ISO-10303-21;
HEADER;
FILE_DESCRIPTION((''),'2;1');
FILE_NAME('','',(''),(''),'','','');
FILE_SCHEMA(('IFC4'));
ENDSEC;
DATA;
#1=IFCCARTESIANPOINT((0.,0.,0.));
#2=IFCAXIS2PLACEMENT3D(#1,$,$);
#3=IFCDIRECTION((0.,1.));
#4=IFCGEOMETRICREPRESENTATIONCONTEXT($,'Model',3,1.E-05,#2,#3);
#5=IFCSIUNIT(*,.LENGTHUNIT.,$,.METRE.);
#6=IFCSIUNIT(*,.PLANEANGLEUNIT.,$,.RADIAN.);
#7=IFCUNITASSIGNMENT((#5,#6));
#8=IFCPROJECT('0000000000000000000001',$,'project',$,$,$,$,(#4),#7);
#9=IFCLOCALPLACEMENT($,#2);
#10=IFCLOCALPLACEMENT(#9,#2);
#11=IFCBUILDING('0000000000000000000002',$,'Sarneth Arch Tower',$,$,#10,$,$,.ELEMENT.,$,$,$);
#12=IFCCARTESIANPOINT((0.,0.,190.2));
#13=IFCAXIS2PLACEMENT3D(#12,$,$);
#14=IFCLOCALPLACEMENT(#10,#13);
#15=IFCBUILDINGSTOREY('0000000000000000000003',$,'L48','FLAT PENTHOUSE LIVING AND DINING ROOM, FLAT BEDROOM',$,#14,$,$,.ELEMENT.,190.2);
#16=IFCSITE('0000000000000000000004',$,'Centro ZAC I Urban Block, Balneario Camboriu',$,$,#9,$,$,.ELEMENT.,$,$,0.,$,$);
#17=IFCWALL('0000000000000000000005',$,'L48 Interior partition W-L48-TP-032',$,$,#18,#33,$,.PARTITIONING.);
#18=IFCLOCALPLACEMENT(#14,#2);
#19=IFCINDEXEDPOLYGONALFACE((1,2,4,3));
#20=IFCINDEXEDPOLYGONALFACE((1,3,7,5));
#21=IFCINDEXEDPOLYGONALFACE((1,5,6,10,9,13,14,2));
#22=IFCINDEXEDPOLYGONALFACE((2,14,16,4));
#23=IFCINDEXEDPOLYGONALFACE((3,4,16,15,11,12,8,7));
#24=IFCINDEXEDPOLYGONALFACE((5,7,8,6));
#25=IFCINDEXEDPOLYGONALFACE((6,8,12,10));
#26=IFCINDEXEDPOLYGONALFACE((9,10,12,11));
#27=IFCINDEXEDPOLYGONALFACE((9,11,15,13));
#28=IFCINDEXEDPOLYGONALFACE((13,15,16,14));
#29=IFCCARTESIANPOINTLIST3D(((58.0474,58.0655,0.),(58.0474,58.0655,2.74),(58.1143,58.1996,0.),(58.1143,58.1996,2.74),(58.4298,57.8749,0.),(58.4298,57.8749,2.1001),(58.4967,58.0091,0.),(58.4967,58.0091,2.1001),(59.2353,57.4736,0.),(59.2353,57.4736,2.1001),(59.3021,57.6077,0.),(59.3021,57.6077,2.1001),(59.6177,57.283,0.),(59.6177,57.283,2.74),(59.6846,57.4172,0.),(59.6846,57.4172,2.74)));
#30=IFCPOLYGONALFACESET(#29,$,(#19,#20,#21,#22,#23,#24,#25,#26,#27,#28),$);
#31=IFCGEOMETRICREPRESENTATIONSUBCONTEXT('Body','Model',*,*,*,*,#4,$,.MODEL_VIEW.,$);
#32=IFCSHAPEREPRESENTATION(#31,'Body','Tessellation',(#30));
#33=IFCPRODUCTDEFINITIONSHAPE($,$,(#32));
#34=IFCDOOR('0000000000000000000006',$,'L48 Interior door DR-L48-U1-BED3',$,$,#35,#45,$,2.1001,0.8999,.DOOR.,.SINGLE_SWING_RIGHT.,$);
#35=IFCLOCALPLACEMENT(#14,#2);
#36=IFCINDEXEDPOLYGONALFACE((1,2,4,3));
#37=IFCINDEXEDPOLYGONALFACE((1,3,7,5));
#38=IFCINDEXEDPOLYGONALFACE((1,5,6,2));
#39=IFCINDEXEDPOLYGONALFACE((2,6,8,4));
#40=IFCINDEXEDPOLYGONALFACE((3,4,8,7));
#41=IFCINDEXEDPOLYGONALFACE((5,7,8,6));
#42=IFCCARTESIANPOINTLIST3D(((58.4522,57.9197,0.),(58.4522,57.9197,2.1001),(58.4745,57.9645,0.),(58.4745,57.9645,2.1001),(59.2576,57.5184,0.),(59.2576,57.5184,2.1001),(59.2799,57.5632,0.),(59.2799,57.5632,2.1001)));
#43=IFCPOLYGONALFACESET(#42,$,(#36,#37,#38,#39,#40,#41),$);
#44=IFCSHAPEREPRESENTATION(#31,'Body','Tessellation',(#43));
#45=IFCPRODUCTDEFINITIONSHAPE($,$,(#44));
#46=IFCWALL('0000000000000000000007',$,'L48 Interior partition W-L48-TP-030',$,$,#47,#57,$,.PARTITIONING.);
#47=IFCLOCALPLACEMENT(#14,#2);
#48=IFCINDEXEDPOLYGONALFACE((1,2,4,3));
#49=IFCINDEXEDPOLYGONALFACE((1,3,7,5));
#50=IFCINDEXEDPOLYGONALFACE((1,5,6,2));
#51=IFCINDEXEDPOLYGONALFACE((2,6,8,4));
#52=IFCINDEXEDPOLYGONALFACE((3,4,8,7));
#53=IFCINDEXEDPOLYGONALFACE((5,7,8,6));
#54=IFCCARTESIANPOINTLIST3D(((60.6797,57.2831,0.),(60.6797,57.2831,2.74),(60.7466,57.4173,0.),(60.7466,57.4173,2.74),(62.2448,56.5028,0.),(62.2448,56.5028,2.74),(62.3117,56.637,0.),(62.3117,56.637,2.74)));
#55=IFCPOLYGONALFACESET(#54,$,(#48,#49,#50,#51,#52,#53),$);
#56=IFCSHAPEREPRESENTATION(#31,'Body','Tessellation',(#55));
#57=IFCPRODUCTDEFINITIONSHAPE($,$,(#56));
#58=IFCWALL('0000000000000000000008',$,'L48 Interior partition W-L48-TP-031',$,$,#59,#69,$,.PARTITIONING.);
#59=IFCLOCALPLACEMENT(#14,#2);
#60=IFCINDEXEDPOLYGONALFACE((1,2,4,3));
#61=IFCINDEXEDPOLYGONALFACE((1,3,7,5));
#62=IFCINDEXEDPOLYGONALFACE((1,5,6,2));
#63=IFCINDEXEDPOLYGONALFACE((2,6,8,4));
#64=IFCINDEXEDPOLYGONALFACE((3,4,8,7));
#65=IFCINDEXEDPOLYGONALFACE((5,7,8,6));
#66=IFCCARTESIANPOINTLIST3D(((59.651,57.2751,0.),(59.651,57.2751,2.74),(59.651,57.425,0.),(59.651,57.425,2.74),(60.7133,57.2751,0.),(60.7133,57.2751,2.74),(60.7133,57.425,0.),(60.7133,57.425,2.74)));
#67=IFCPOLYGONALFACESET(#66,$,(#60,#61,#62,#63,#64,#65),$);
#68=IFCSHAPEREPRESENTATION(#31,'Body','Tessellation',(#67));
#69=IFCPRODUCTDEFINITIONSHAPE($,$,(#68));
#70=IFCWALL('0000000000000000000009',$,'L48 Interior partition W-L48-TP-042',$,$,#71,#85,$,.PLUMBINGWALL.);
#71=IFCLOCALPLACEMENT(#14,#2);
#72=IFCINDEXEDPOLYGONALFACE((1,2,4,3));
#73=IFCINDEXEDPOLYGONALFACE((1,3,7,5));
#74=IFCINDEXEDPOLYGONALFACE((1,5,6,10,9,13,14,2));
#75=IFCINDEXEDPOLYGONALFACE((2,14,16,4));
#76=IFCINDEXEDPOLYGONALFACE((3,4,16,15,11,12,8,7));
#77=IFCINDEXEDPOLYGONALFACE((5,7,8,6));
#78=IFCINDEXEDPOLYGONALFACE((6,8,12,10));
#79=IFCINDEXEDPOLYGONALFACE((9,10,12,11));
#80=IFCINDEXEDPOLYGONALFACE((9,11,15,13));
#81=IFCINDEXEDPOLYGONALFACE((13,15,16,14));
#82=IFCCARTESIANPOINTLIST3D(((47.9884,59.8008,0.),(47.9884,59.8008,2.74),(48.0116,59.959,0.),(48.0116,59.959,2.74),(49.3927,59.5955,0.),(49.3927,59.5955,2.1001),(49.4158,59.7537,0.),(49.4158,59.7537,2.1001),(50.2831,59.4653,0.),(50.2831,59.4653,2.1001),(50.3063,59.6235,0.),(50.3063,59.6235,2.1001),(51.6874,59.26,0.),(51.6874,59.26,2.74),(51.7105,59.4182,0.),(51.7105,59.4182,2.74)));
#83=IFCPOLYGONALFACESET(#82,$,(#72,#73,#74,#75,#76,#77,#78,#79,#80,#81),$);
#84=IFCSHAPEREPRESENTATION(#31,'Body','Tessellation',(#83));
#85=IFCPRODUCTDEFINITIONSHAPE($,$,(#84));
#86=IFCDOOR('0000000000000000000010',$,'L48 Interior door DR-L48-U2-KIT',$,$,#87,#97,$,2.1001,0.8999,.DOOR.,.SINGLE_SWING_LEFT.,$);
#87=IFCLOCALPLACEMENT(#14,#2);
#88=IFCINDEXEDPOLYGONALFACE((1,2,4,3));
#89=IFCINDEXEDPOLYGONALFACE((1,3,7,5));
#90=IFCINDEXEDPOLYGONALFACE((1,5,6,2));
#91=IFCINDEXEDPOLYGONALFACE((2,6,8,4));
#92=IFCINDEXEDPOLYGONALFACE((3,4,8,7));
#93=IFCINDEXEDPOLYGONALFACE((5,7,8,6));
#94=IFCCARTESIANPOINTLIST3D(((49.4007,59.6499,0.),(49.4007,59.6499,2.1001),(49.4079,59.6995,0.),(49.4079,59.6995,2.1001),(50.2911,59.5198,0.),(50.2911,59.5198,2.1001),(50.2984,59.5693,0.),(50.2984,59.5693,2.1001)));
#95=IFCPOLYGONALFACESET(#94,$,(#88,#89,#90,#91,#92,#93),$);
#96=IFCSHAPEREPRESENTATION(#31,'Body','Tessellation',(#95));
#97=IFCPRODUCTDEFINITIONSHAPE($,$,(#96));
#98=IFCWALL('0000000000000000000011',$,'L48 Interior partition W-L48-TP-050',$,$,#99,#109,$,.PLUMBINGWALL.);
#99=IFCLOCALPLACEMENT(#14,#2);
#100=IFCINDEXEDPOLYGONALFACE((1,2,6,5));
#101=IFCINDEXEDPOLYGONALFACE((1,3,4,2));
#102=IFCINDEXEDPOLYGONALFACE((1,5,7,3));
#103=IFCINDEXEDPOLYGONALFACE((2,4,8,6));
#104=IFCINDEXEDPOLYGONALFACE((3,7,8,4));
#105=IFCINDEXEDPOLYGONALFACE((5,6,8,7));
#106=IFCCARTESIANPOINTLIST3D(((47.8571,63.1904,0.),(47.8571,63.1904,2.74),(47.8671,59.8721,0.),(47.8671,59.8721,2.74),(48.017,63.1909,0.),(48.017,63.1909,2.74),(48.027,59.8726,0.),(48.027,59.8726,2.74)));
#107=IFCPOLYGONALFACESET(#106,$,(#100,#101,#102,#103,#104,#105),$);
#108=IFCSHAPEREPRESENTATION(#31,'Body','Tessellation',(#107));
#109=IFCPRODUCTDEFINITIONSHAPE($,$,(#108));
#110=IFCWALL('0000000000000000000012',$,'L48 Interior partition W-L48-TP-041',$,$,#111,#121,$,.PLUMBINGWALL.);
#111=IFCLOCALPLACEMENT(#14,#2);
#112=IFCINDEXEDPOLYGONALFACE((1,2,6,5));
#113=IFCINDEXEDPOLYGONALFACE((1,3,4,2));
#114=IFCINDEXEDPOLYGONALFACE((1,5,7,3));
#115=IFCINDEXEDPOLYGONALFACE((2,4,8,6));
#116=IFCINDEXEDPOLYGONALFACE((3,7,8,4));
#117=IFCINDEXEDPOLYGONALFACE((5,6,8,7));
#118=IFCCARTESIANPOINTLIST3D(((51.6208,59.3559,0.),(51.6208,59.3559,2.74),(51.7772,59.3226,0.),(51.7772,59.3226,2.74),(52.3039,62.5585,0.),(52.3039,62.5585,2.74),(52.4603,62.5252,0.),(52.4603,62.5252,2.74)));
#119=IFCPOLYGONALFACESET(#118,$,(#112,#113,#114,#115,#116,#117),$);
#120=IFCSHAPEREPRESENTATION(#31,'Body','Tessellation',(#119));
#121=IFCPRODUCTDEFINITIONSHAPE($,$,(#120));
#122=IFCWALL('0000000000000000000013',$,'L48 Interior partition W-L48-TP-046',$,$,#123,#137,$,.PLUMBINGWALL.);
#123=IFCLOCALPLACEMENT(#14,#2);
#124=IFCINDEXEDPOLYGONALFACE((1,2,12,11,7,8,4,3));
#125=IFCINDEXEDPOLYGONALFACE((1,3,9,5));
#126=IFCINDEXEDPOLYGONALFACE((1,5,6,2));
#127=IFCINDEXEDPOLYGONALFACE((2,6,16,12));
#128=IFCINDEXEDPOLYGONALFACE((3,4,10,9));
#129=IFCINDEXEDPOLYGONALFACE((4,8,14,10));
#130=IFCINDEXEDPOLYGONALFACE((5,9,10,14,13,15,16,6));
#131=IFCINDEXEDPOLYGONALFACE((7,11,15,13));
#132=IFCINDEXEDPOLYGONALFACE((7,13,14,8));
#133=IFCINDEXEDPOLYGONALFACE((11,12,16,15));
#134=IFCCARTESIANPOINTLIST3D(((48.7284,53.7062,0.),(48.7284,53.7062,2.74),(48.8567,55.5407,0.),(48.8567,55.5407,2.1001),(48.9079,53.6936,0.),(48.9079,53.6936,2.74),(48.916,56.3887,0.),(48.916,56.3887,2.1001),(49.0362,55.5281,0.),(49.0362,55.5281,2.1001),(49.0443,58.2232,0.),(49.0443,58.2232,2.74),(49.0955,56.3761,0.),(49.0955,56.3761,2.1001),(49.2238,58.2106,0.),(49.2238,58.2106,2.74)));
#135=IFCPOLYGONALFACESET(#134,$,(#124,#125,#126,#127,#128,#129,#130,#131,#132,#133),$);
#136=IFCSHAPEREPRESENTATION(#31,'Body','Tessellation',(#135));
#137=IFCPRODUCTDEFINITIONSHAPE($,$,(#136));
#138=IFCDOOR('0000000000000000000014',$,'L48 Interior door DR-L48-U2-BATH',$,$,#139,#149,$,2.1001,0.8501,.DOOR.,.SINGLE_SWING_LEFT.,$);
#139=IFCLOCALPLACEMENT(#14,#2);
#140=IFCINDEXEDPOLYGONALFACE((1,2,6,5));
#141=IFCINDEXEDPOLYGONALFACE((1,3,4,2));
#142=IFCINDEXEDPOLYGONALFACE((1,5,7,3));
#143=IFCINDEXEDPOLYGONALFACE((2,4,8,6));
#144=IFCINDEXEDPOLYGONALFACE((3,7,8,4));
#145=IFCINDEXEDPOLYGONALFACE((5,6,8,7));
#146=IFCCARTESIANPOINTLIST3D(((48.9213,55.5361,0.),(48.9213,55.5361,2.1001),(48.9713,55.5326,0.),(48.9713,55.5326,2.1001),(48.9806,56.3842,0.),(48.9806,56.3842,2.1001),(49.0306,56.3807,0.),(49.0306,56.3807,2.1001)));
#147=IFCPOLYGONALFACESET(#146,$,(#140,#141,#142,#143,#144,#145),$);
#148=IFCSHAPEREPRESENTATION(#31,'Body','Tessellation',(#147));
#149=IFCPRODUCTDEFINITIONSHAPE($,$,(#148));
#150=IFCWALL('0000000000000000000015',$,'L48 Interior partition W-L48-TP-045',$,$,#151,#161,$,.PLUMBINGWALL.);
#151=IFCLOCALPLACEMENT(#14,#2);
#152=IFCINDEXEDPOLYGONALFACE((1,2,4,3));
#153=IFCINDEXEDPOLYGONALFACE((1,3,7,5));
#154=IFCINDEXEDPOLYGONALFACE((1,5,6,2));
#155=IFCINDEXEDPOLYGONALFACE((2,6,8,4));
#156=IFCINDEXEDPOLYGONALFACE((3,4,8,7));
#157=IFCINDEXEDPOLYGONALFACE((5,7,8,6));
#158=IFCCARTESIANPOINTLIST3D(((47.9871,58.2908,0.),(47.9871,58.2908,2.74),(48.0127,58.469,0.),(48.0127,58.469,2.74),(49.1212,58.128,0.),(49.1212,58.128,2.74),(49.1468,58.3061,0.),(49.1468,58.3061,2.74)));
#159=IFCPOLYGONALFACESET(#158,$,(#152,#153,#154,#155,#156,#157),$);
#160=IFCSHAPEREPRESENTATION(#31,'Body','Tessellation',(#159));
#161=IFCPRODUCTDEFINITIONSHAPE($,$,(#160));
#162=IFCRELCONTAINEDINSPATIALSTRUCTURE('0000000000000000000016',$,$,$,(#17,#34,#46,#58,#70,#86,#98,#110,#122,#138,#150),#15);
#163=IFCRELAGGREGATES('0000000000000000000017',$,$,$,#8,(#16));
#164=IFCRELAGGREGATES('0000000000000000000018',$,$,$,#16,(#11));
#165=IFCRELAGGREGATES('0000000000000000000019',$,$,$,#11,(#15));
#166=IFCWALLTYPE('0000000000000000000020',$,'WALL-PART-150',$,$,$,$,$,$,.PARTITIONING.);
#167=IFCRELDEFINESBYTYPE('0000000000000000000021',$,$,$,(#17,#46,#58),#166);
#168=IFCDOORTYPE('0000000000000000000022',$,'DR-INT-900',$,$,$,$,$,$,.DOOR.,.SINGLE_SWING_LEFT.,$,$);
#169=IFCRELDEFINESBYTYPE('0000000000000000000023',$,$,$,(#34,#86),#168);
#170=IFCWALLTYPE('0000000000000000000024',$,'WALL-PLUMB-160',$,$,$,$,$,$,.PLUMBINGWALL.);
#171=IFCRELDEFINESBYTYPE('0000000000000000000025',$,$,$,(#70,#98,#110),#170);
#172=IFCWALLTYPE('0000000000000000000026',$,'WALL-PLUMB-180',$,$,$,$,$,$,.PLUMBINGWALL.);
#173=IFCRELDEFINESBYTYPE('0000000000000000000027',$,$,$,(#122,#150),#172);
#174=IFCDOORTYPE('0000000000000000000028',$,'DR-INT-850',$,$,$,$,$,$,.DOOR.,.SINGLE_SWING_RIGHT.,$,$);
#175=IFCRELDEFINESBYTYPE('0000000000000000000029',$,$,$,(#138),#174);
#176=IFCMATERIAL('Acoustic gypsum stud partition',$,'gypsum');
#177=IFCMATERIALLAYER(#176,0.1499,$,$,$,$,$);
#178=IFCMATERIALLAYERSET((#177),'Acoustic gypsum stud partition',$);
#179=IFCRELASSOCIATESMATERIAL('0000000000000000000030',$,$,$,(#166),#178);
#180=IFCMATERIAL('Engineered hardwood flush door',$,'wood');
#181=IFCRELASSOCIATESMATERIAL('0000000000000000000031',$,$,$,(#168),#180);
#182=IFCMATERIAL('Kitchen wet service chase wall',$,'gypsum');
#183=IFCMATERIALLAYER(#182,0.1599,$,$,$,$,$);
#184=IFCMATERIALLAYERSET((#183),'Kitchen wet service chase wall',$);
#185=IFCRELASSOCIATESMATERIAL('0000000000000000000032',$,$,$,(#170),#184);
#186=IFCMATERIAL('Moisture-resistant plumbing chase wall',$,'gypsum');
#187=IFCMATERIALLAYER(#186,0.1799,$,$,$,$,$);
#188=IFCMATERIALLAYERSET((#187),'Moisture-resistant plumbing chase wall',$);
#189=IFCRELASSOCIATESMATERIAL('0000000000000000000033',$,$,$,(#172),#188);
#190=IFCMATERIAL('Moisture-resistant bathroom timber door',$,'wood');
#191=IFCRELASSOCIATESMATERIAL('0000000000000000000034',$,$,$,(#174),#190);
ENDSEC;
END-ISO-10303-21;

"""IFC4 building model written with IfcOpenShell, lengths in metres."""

from ifc_helpers import new_model, si_unit, direction, frame, frame_2d, origin, place, context, subcontext, project, spatial, rectangle, extrude, material, layer, layer_set, type_object, element, fill, save


model = new_model("IFC4")

# Units and contexts
model_context = context("Model", 3, precision=1e-05, world=origin(), true_north=direction((0.0, 1.0)))
body_context = subcontext(model_context, "Body", "Model", "MODEL_VIEW")
ifc_project = project(units=[si_unit("LENGTHUNIT", "METRE"), si_unit("PLANEANGLEUNIT", "RADIAN")], contexts=[model_context])

# Site, building, storey
site_placement = place(None, origin())
site = spatial("IfcSite", under=ifc_project, at=site_placement, Name="Centro ZAC I Urban Block, Balneario Camboriu", CompositionType="ELEMENT", RefElevation=0.0)
building_placement = place(site_placement, origin())
building = spatial("IfcBuilding", under=site, at=building_placement, Name="Sarneth Arch Tower", CompositionType="ELEMENT")
storey_placement = place(building_placement, frame((0.0, 0.0, 190.2)))
storey = spatial("IfcBuildingStorey", under=building, at=storey_placement, Name="L48", Description="FLAT PENTHOUSE LIVING AND DINING ROOM, FLAT BEDROOM", CompositionType="ELEMENT", Elevation=190.2)

# Shared definitions
ifc_material_1 = material(Name="Acoustic gypsum stud partition", Category="gypsum")
ifc_layer_1 = layer(ifc_material_1, 0.1499)
ifc_layer_set_1 = layer_set([ifc_layer_1], Name="Acoustic gypsum stud partition")
wall_type_1 = type_object("IfcWallType", Name="WALL-PART-150", PredefinedType="PARTITIONING", material=ifc_layer_set_1)

# Wall, opening, door
wall_1_placement = place(storey_placement, frame((59.6511, 57.3501, 0.0), z_axis=(0.0, 0.0, 1.0), x_axis=(-0.895039, 0.445989, 0.0)))
wall_1 = element("IfcWall", 1, at=wall_1_placement, inside=storey, type_object=wall_type_1, Name="L48 Interior partition W-L48-TP-032", PredefinedType="PARTITIONING", context=body_context, shape_type="SweptSolid", body=[
    extrude(rectangle(XDim=1.7544, YDim=0.1499, at=frame_2d((0.8772, 0.0))), origin(), (0.0, 0.0, 1.0), 2.74),
])
opening_1_placement = place(wall_1_placement, frame((0.4272, 0.0, 0.0)))
opening_1 = element("IfcOpeningElement", 2, at=opening_1_placement, cuts=wall_1, PredefinedType="OPENING", context=body_context, shape_type="SweptSolid", body=[
    extrude(rectangle(XDim=0.8999, YDim=2.1001, at=frame_2d((0.45, 1.05))), frame((0.0, 0.085, 0.0), z_axis=(0.0, -1.0, 0.0), x_axis=(1.0, 0.0, 0.0)), (0.0, 0.0, 1.0), 0.1699),
])
ifc_material_2 = material(Name="Engineered hardwood flush door", Category="wood")
door_type_1 = type_object("IfcDoorType", Name="DR-INT-900", OperationType="SINGLE_SWING_LEFT", PredefinedType="DOOR", material=ifc_material_2)
door_1_placement = place(opening_1_placement, origin())
door_1 = element("IfcDoor", 3, at=door_1_placement, inside=storey, type_object=door_type_1, Name="L48 Interior door DR-L48-U1-BED3", OperationType="SINGLE_SWING_RIGHT", OverallHeight=2.1001, OverallWidth=0.8999, PredefinedType="DOOR", context=body_context, shape_type="SweptSolid", body=[
    extrude(rectangle(XDim=0.8999, YDim=2.1001, at=frame_2d((0.45, 1.05))), frame((0.0, 0.0249, 0.0), z_axis=(0.0, -1.0, 0.0), x_axis=(1.0, 0.0, 0.0)), (0.0, 0.0, 1.0), 0.05),
])
fill(opening_1, door_1)

# Walls
wall_2_placement = place(storey_placement, frame((62.2783, 56.5698, 0.0), z_axis=(0.0, 0.0, 1.0), x_axis=(-0.894929, 0.446208, 0.0)))
element("IfcWall", 4, at=wall_2_placement, inside=storey, type_object=wall_type_1, Name="L48 Interior partition W-L48-TP-030", PredefinedType="PARTITIONING", context=body_context, shape_type="SweptSolid", body=[
    extrude(rectangle(XDim=1.7488, YDim=0.1499, at=frame_2d((0.8745, 0.0))), origin(), (0.0, 0.0, 1.0), 2.74),
])
wall_3_placement = place(storey_placement, frame((60.7134, 57.3501, 0.0), z_axis=(0.0, 0.0, 1.0), x_axis=(-1.0, 0.0, 0.0)))
element("IfcWall", 5, at=wall_3_placement, inside=storey, type_object=wall_type_1, Name="L48 Interior partition W-L48-TP-031", PredefinedType="PARTITIONING", context=body_context, shape_type="SweptSolid", body=[
    extrude(rectangle(XDim=1.0623, YDim=0.1499, at=frame_2d((0.5312, 0.0))), origin(), (0.0, 0.0, 1.0), 2.74),
])

# Wall, opening, door
ifc_material_3 = material(Name="Kitchen wet service chase wall", Category="gypsum")
ifc_layer_2 = layer(ifc_material_3, 0.1599)
ifc_layer_set_2 = layer_set([ifc_layer_2], Name="Kitchen wet service chase wall")
wall_type_2 = type_object("IfcWallType", Name="WALL-PLUMB-160", PredefinedType="PLUMBINGWALL", material=ifc_layer_set_2)
wall_4_placement = place(storey_placement, frame((51.699, 59.3391, 0.0), z_axis=(0.0, 0.0, 1.0), x_axis=(-0.989482, 0.144657, 0.0)))
wall_4 = element("IfcWall", 6, at=wall_4_placement, inside=storey, type_object=wall_type_2, Name="L48 Interior partition W-L48-TP-042", PredefinedType="PLUMBINGWALL", context=body_context, shape_type="SweptSolid", body=[
    extrude(rectangle(XDim=3.7383, YDim=0.1599, at=frame_2d((1.8691, 0.0))), origin(), (0.0, 0.0, 1.0), 2.74),
])
opening_2_placement = place(wall_4_placement, frame((1.4192, 0.0, 0.0)))
opening_2 = element("IfcOpeningElement", 7, at=opening_2_placement, cuts=wall_4, PredefinedType="OPENING", context=body_context, shape_type="SweptSolid", body=[
    extrude(rectangle(XDim=0.8999, YDim=2.1001, at=frame_2d((0.45, 1.05))), frame((0.0, 0.0898, 0.0), z_axis=(0.0, -1.0, 0.0), x_axis=(1.0, 0.0, 0.0)), (0.0, 0.0, 1.0), 0.1799),
])
door_2_placement = place(opening_2_placement, origin())
door_2 = element("IfcDoor", 8, at=door_2_placement, inside=storey, type_object=door_type_1, Name="L48 Interior door DR-L48-U2-KIT", OperationType="SINGLE_SWING_LEFT", OverallHeight=2.1001, OverallWidth=0.8999, PredefinedType="DOOR", context=body_context, shape_type="SweptSolid", body=[
    extrude(rectangle(XDim=0.8999, YDim=2.1001, at=frame_2d((0.45, 1.05))), frame((0.0, 0.0249, 0.0), z_axis=(0.0, -1.0, 0.0), x_axis=(1.0, 0.0, 0.0)), (0.0, 0.0, 1.0), 0.05),
])
fill(opening_2, door_2)

# Walls
wall_5_placement = place(storey_placement, frame((47.947, 59.8723, 0.0), z_axis=(0.0, 0.0, 1.0), x_axis=(-0.003016, 0.999995, 0.0)))
element("IfcWall", 9, at=wall_5_placement, inside=storey, type_object=wall_type_2, Name="L48 Interior partition W-L48-TP-050", PredefinedType="PLUMBINGWALL", context=body_context, shape_type="SweptSolid", body=[
    extrude(rectangle(XDim=3.3184, YDim=0.1599, at=frame_2d((1.6592, 0.0))), origin(), (0.0, 0.0, 1.0), 2.74),
])
wall_6_placement = place(storey_placement, frame((52.3821, 62.5417, 0.0), z_axis=(0.0, 0.0, 1.0), x_axis=(-0.208602, -0.978001, 0.0)))
element("IfcWall", 10, at=wall_6_placement, inside=storey, type_object=wall_type_2, Name="L48 Interior partition W-L48-TP-041", PredefinedType="PLUMBINGWALL", context=body_context, shape_type="SweptSolid", body=[
    extrude(rectangle(XDim=3.2747, YDim=0.1599, at=frame_2d((1.6372, 0.0))), origin(), (0.0, 0.0, 1.0), 2.74),
])

# Wall, opening, door
ifc_material_4 = material(Name="Moisture-resistant plumbing chase wall", Category="gypsum")
ifc_layer_3 = layer(ifc_material_4, 0.1799)
ifc_layer_set_3 = layer_set([ifc_layer_3], Name="Moisture-resistant plumbing chase wall")
wall_type_3 = type_object("IfcWallType", Name="WALL-PLUMB-180", PredefinedType="PLUMBINGWALL", material=ifc_layer_set_3)
wall_7_placement = place(storey_placement, frame((49.134, 58.217, 0.0), z_axis=(0.0, 0.0, 1.0), x_axis=(-0.069768, -0.997563, 0.0)))
wall_7 = element("IfcWall", 11, at=wall_7_placement, inside=storey, type_object=wall_type_3, Name="L48 Interior partition W-L48-TP-046", PredefinedType="PLUMBINGWALL", context=body_context, shape_type="SweptSolid", body=[
    extrude(rectangle(XDim=4.5281, YDim=0.1799, at=frame_2d((2.2642, 0.0))), origin(), (0.0, 0.0, 1.0), 2.74),
])
opening_3_placement = place(wall_7_placement, frame((1.8391, 0.0, 0.0)))
opening_3 = element("IfcOpeningElement", 12, at=opening_3_placement, cuts=wall_7, PredefinedType="OPENING", context=body_context, shape_type="SweptSolid", body=[
    extrude(rectangle(XDim=0.8501, YDim=2.1001, at=frame_2d((0.425, 1.05))), frame((0.0, 0.0999, 0.0), z_axis=(0.0, -1.0, 0.0), x_axis=(1.0, 0.0, 0.0)), (0.0, 0.0, 1.0), 0.2),
])
ifc_material_5 = material(Name="Moisture-resistant bathroom timber door", Category="wood")
door_type_2 = type_object("IfcDoorType", Name="DR-INT-850", OperationType="SINGLE_SWING_RIGHT", PredefinedType="DOOR", material=ifc_material_5)
door_3_placement = place(opening_3_placement, origin())
door_3 = element("IfcDoor", 13, at=door_3_placement, inside=storey, type_object=door_type_2, Name="L48 Interior door DR-L48-U2-BATH", OperationType="SINGLE_SWING_LEFT", OverallHeight=2.1001, OverallWidth=0.8501, PredefinedType="DOOR", context=body_context, shape_type="SweptSolid", body=[
    extrude(rectangle(XDim=0.8501, YDim=2.1001, at=frame_2d((0.425, 1.05))), frame((0.0, 0.0249, 0.0), z_axis=(0.0, -1.0, 0.0), x_axis=(1.0, 0.0, 0.0)), (0.0, 0.0, 1.0), 0.05),
])
fill(opening_3, door_3)

# Wall
wall_8_placement = place(storey_placement, frame((48.0, 58.3799, 0.0), z_axis=(0.0, 0.0, 1.0), x_axis=(0.989847, -0.142137, 0.0)))
element("IfcWall", 14, at=wall_8_placement, inside=storey, type_object=wall_type_3, Name="L48 Interior partition W-L48-TP-045", PredefinedType="PLUMBINGWALL", context=body_context, shape_type="SweptSolid", body=[
    extrude(rectangle(XDim=1.1458, YDim=0.1799, at=frame_2d((0.5728, 0.0))), origin(), (0.0, 0.0, 1.0), 2.74),
])

save(model, "model.ifc")
